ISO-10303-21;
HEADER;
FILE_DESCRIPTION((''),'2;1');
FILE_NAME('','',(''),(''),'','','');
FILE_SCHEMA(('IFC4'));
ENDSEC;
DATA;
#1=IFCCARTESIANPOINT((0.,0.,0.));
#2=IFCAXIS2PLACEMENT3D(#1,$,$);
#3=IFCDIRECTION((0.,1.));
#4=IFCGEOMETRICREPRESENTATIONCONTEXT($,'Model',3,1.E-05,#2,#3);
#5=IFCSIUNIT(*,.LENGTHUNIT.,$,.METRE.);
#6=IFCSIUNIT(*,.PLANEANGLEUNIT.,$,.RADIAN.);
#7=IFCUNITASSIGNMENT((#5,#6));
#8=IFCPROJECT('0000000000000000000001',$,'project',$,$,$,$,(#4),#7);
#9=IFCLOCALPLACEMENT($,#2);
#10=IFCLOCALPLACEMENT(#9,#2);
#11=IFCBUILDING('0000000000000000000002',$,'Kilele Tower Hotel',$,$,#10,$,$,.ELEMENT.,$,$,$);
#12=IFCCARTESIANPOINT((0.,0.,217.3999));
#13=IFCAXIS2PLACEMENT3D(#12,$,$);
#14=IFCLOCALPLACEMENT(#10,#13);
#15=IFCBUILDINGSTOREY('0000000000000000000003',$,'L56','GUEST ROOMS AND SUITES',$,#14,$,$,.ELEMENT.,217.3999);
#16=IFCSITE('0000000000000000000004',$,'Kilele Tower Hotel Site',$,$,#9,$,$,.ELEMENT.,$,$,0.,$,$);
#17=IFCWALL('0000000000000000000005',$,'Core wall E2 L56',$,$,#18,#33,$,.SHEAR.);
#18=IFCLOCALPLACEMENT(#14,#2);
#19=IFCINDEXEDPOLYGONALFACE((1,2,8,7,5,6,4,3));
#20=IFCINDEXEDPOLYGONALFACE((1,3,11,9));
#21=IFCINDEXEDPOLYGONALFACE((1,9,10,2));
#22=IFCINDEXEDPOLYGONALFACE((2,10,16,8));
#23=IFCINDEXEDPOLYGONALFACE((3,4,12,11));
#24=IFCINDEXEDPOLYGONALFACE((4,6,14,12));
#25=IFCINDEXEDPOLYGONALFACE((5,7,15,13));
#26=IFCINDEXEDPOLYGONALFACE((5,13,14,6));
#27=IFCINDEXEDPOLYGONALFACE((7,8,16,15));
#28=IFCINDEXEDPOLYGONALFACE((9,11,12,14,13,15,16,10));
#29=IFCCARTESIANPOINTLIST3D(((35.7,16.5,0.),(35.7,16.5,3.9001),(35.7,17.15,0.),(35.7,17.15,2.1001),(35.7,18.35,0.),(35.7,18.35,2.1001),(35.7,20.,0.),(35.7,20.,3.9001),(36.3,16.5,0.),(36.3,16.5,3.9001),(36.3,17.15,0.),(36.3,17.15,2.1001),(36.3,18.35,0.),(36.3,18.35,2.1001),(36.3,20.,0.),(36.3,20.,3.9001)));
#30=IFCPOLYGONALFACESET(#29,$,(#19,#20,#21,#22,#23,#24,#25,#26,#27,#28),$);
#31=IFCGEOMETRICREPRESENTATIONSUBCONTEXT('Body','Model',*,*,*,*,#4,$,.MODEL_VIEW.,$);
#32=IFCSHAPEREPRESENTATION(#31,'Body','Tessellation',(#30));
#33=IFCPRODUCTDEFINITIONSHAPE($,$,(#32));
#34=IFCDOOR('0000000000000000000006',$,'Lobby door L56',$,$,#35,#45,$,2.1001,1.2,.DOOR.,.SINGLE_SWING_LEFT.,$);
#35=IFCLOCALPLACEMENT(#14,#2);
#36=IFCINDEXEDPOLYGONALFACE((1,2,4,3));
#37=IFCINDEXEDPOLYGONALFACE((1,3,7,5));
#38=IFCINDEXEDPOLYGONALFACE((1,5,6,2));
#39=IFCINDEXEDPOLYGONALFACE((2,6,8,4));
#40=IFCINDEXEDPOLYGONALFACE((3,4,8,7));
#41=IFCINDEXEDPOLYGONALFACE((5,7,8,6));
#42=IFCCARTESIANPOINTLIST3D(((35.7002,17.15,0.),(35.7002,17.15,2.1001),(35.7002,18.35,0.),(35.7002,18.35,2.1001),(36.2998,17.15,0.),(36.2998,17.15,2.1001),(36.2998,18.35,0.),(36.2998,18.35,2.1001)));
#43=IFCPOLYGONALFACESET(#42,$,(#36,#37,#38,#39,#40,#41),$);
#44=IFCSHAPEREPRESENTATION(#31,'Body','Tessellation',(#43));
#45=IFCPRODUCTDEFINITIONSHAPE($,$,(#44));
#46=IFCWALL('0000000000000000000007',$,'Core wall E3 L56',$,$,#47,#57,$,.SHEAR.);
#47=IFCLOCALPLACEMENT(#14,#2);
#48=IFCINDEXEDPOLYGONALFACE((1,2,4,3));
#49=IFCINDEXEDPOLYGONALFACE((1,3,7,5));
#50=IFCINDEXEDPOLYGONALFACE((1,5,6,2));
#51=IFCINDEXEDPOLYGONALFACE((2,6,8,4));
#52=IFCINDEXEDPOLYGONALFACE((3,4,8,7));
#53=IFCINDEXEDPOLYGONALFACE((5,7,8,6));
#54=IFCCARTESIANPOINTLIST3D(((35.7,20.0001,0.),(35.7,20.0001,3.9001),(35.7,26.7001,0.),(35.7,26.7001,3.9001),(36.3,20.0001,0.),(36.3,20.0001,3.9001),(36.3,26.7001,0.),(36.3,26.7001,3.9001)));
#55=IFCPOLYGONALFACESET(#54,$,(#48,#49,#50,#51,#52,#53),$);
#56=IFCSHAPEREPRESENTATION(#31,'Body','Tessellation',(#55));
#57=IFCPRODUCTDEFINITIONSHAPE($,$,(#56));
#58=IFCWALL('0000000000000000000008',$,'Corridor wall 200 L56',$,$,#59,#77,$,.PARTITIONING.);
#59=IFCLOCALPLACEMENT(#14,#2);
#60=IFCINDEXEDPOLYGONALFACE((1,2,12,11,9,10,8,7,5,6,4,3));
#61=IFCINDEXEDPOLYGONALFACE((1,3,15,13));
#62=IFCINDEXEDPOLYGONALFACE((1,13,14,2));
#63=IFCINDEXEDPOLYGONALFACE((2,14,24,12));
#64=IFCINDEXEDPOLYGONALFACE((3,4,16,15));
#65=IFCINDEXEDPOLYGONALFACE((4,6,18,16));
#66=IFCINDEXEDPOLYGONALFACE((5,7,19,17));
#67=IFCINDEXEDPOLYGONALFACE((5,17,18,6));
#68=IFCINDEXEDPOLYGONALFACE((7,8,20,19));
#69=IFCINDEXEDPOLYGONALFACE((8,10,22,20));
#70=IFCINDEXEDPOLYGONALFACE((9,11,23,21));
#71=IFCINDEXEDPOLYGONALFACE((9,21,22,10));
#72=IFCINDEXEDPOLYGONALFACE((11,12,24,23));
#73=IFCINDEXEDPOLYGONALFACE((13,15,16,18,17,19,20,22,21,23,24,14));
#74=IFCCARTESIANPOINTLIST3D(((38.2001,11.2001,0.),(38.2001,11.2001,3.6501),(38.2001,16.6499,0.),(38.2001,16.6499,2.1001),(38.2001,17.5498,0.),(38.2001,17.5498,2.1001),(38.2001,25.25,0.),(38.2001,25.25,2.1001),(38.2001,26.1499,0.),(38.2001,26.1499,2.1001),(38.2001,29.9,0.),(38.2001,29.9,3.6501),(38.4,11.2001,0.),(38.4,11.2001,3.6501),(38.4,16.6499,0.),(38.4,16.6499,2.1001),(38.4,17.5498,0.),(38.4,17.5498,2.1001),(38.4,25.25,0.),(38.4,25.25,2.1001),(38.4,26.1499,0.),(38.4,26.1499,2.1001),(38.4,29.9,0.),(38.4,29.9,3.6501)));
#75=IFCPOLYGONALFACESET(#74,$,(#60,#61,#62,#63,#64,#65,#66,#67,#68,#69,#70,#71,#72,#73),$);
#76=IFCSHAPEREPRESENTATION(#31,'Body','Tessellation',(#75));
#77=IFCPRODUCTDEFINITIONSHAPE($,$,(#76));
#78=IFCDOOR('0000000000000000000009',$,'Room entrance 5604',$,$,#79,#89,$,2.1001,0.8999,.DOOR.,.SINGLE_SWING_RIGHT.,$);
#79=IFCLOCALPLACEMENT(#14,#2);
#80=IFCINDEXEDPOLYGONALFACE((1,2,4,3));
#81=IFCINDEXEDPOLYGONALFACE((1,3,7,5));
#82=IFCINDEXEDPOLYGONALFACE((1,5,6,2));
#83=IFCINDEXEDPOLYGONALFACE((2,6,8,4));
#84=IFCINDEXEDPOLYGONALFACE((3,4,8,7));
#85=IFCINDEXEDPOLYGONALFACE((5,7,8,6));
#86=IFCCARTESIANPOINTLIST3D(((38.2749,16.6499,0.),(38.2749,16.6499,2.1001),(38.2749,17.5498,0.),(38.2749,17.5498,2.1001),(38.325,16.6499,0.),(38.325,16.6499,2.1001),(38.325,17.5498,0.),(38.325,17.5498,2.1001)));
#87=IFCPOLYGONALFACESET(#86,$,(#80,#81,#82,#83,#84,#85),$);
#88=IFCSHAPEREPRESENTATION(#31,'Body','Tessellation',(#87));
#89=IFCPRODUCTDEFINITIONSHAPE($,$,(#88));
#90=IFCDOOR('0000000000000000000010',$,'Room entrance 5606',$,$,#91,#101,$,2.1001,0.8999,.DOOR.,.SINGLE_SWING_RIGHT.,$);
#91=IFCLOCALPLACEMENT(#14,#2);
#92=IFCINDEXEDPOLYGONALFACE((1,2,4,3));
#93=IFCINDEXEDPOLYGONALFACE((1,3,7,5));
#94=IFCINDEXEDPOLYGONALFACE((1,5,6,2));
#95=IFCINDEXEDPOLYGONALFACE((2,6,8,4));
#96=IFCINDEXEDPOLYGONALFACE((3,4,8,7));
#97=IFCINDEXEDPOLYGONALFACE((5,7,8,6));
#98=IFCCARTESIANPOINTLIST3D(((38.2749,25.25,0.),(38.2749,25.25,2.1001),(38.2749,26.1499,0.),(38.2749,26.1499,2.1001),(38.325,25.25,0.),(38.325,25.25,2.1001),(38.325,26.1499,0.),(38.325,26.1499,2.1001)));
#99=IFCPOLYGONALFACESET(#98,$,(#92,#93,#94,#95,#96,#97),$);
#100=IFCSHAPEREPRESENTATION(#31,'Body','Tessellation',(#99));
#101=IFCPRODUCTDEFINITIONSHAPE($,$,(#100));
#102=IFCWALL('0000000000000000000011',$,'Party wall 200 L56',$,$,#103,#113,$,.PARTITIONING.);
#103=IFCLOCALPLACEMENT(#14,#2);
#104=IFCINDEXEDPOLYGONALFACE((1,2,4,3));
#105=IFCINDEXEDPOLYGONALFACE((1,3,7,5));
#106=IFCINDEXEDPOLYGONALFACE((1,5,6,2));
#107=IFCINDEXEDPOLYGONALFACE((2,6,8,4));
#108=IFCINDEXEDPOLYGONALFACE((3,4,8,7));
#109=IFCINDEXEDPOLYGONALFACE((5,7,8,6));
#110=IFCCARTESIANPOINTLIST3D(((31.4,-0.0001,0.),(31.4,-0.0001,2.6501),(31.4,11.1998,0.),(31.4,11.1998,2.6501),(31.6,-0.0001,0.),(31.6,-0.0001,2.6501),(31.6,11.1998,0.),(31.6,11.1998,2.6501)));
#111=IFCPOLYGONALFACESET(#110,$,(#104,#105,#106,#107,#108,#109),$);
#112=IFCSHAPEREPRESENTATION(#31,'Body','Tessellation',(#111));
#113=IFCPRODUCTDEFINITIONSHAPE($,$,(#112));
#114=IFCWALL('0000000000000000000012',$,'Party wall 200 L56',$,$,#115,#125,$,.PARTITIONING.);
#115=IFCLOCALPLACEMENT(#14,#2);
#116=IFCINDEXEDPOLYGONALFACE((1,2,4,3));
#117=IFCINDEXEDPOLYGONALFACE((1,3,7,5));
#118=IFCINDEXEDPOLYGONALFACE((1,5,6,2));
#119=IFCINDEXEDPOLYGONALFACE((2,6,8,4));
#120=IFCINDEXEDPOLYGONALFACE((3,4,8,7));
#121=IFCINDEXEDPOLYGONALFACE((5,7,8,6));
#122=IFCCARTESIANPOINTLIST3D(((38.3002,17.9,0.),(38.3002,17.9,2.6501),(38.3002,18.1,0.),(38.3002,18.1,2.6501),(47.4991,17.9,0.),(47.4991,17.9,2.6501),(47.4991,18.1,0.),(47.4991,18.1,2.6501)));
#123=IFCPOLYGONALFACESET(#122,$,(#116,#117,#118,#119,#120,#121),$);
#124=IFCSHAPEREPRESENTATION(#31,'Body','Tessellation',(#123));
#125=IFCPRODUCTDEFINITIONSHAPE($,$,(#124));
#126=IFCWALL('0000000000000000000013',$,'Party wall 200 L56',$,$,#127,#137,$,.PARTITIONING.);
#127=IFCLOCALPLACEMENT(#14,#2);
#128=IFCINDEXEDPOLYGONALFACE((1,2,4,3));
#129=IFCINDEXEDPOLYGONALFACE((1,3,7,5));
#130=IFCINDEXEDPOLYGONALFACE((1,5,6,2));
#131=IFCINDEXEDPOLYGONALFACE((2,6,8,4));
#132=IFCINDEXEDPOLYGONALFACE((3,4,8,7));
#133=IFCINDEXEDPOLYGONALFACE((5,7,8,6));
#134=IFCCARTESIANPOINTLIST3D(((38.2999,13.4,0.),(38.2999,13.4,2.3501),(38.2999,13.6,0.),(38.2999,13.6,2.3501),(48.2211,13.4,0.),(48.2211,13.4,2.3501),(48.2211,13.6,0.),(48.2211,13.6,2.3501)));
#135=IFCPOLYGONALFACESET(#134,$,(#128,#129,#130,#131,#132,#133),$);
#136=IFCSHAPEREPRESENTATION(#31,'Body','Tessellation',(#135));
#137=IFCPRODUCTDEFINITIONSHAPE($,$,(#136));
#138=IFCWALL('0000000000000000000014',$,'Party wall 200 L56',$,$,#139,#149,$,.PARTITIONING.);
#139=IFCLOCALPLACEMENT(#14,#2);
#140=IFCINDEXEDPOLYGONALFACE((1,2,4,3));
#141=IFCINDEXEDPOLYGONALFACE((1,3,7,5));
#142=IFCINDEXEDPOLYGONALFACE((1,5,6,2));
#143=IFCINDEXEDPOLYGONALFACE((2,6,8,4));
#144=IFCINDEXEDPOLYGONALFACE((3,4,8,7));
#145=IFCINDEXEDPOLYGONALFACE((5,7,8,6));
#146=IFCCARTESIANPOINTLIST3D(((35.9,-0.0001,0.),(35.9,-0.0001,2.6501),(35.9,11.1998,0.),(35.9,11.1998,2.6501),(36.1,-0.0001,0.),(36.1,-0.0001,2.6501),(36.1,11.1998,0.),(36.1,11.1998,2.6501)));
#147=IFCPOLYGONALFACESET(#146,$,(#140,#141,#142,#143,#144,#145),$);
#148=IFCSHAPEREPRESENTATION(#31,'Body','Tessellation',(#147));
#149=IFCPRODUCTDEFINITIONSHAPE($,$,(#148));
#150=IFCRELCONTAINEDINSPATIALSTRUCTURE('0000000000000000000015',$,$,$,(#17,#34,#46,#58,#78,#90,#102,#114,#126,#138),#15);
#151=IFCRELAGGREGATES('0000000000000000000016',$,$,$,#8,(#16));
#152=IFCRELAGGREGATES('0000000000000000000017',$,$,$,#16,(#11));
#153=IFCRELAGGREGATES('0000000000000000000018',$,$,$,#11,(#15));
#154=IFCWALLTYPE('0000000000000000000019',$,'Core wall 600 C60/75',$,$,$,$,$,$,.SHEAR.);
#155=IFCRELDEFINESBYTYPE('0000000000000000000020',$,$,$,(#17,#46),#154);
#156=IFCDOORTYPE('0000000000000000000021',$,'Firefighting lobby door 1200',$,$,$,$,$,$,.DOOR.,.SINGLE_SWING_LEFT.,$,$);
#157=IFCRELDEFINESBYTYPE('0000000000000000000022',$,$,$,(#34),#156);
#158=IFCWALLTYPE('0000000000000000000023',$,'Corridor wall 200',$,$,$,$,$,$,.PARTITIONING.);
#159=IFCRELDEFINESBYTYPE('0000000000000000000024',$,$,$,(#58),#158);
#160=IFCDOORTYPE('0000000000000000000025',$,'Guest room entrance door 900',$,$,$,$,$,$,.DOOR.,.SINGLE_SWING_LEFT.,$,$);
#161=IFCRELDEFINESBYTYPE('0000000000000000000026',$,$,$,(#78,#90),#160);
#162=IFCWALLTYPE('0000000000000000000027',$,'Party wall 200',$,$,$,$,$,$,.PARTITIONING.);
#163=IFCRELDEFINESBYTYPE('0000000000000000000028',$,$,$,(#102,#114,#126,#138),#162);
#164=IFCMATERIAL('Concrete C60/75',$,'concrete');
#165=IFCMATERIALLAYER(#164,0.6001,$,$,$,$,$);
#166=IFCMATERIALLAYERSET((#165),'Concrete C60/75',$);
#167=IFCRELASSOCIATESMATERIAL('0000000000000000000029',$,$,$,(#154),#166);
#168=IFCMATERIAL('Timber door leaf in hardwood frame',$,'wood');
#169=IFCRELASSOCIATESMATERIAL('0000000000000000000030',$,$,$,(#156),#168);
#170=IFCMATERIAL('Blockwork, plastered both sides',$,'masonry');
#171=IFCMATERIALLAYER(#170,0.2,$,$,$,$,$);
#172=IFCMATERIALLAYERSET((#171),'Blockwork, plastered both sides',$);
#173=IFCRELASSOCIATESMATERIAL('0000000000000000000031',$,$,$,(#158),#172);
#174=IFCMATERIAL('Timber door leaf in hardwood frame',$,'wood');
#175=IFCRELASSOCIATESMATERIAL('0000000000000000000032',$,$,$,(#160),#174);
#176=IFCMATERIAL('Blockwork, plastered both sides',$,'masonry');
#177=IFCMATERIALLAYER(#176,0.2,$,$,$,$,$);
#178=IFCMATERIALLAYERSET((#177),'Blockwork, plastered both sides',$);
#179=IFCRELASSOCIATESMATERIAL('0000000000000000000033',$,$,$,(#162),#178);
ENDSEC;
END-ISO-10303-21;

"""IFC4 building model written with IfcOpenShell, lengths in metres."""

from ifc_helpers import new_model, si_unit, direction, frame, frame_2d, origin, place, context, subcontext, project, spatial, rectangle, extrude, material, layer, layer_set, type_object, element, fill, save


model = new_model("IFC4")

# Units and contexts
model_context = context("Model", 3, precision=1e-05, world=origin(), true_north=direction((0.0, 1.0)))
body_context = subcontext(model_context, "Body", "Model", "MODEL_VIEW")
ifc_project = project(units=[si_unit("LENGTHUNIT", "METRE"), si_unit("PLANEANGLEUNIT", "RADIAN")], contexts=[model_context])

# Site, building, storey
site_placement = place(None, origin())
site = spatial("IfcSite", under=ifc_project, at=site_placement, Name="Kilele Tower Hotel Site", CompositionType="ELEMENT", RefElevation=0.0)
building_placement = place(site_placement, origin())
building = spatial("IfcBuilding", under=site, at=building_placement, Name="Kilele Tower Hotel", CompositionType="ELEMENT")
storey_placement = place(building_placement, frame((0.0, 0.0, 217.3999)))
storey = spatial("IfcBuildingStorey", under=building, at=storey_placement, Name="L56", Description="GUEST ROOMS AND SUITES", CompositionType="ELEMENT", Elevation=217.3999)

# Shared definitions
ifc_material_1 = material(Name="Concrete C60/75", Category="concrete")
ifc_layer_1 = layer(ifc_material_1, 0.6001)
ifc_layer_set_1 = layer_set([ifc_layer_1], Name="Concrete C60/75")
wall_type_1 = type_object("IfcWallType", Name="Core wall 600 C60/75", PredefinedType="SHEAR", material=ifc_layer_set_1)
ifc_material_2 = material(Name="Timber door leaf in hardwood frame", Category="wood")
door_type_1 = type_object("IfcDoorType", Name="Firefighting lobby door 1200", OperationType="SINGLE_SWING_LEFT", PredefinedType="DOOR", material=ifc_material_2)

# Wall, opening, door
wall_1_placement = place(storey_placement, frame((36.0, 16.5, 0.0), z_axis=(0.0, 0.0, 1.0), x_axis=(0.0, 1.0, 0.0)))
wall_1 = element("IfcWall", 1, at=wall_1_placement, inside=storey, type_object=wall_type_1, Name="Core wall E2 L56", PredefinedType="SHEAR", context=body_context, shape_type="SweptSolid", body=[
    extrude(rectangle(XDim=3.5, YDim=0.6001, at=frame_2d((1.75, 0.0))), origin(), (0.0, 0.0, 1.0), 3.9001),
])
opening_1_placement = place(wall_1_placement, frame((0.6499, 0.0, 0.0)))
opening_1 = element("IfcOpeningElement", 2, at=opening_1_placement, cuts=wall_1, PredefinedType="OPENING", context=body_context, shape_type="SweptSolid", body=[
    extrude(rectangle(XDim=1.2, YDim=2.1001, at=frame_2d((0.6001, 1.05))), frame((0.0, 0.3101, 0.0), z_axis=(0.0, -1.0, 0.0), x_axis=(1.0, 0.0, 0.0)), (0.0, 0.0, 1.0), 0.6201),
])
door_1_placement = place(opening_1_placement, origin())
door_1 = element("IfcDoor", 3, at=door_1_placement, inside=storey, type_object=door_type_1, Name="Lobby door L56", OperationType="SINGLE_SWING_LEFT", OverallHeight=2.1001, OverallWidth=1.2, PredefinedType="DOOR", context=body_context, shape_type="SweptSolid", body=[
    extrude(rectangle(XDim=1.2, YDim=2.1001, at=frame_2d((0.6001, 1.05))), frame((0.0, 0.2998, 0.0), z_axis=(0.0, -1.0, 0.0), x_axis=(1.0, 0.0, 0.0)), (0.0, 0.0, 1.0), 0.5996),
])
fill(opening_1, door_1)

# Wall
wall_2_placement = place(storey_placement, frame((36.0, 20.0, 0.0), z_axis=(0.0, 0.0, 1.0), x_axis=(0.0, 1.0, 0.0)))
element("IfcWall", 4, at=wall_2_placement, inside=storey, type_object=wall_type_1, Name="Core wall E3 L56", PredefinedType="SHEAR", context=body_context, shape_type="SweptSolid", body=[
    extrude(rectangle(XDim=6.7, YDim=0.6001, at=frame_2d((3.3501, 0.0))), origin(), (0.0, 0.0, 1.0), 3.9001),
])

# Wall, openings, doors
ifc_material_3 = material(Name="Blockwork, plastered both sides", Category="masonry")
ifc_layer_2 = layer(ifc_material_3, 0.2)
ifc_layer_set_2 = layer_set([ifc_layer_2], Name="Blockwork, plastered both sides")
wall_type_2 = type_object("IfcWallType", Name="Corridor wall 200", PredefinedType="PARTITIONING", material=ifc_layer_set_2)
wall_3_placement = place(storey_placement, frame((38.3, 11.2, 0.0), z_axis=(0.0, 0.0, 1.0), x_axis=(0.0, 1.0, 0.0)))
wall_3 = element("IfcWall", 5, at=wall_3_placement, inside=storey, type_object=wall_type_2, Name="Corridor wall 200 L56", PredefinedType="PARTITIONING", context=body_context, shape_type="SweptSolid", body=[
    extrude(rectangle(XDim=18.7, YDim=0.2, at=frame_2d((9.3501, 0.0))), origin(), (0.0, 0.0, 1.0), 3.6501),
])
opening_2_placement = place(wall_3_placement, frame((6.3499, 0.0, 0.0), z_axis=(0.0, 0.0, 1.0), x_axis=(-1.0, 0.0, 0.0)))
opening_2 = element("IfcOpeningElement", 6, at=opening_2_placement, cuts=wall_3, PredefinedType="OPENING", context=body_context, shape_type="SweptSolid", body=[
    extrude(rectangle(XDim=0.8999, YDim=2.1001, at=frame_2d((0.45, 1.05))), frame((0.0, 0.1099, 0.0), z_axis=(0.0, -1.0, 0.0), x_axis=(1.0, 0.0, 0.0)), (0.0, 0.0, 1.0), 0.22),
])
opening_3_placement = place(wall_3_placement, frame((14.95, 0.0, 0.0), z_axis=(0.0, 0.0, 1.0), x_axis=(-1.0, 0.0, 0.0)))
opening_3 = element("IfcOpeningElement", 7, at=opening_3_placement, cuts=wall_3, PredefinedType="OPENING", context=body_context, shape_type="SweptSolid", body=[
    extrude(rectangle(XDim=0.8999, YDim=2.1001, at=frame_2d((0.45, 1.05))), frame((0.0, 0.1099, 0.0), z_axis=(0.0, -1.0, 0.0), x_axis=(1.0, 0.0, 0.0)), (0.0, 0.0, 1.0), 0.22),
])
ifc_material_4 = material(Name="Timber door leaf in hardwood frame", Category="wood")
door_type_2 = type_object("IfcDoorType", Name="Guest room entrance door 900", OperationType="SINGLE_SWING_LEFT", PredefinedType="DOOR", material=ifc_material_4)
door_2_placement = place(opening_2_placement, origin())
door_2 = element("IfcDoor", 8, at=door_2_placement, inside=storey, type_object=door_type_2, Name="Room entrance 5604", OperationType="SINGLE_SWING_RIGHT", OverallHeight=2.1001, OverallWidth=0.8999, PredefinedType="DOOR", context=body_context, shape_type="SweptSolid", body=[
    extrude(rectangle(XDim=0.8999, YDim=2.1001, at=frame_2d((0.45, 1.05))), frame((0.0, 0.0249, 0.0), z_axis=(0.0, -1.0, 0.0), x_axis=(1.0, 0.0, 0.0)), (0.0, 0.0, 1.0), 0.05),
])
fill(opening_2, door_2)
door_3_placement = place(opening_3_placement, origin())
door_3 = element("IfcDoor", 9, at=door_3_placement, inside=storey, type_object=door_type_2, Name="Room entrance 5606", OperationType="SINGLE_SWING_RIGHT", OverallHeight=2.1001, OverallWidth=0.8999, PredefinedType="DOOR", context=body_context, shape_type="SweptSolid", body=[
    extrude(rectangle(XDim=0.8999, YDim=2.1001, at=frame_2d((0.45, 1.05))), frame((0.0, 0.0249, 0.0), z_axis=(0.0, -1.0, 0.0), x_axis=(1.0, 0.0, 0.0)), (0.0, 0.0, 1.0), 0.05),
])
fill(opening_3, door_3)

# Walls
ifc_material_5 = material(Name="Blockwork, plastered both sides", Category="masonry")
ifc_layer_3 = layer(ifc_material_5, 0.2)
ifc_layer_set_3 = layer_set([ifc_layer_3], Name="Blockwork, plastered both sides")
wall_type_3 = type_object("IfcWallType", Name="Party wall 200", PredefinedType="PARTITIONING", material=ifc_layer_set_3)
wall_4_placement = place(storey_placement, frame((31.5, 11.2, 0.0), z_axis=(0.0, 0.0, 1.0), x_axis=(0.0, -1.0, 0.0)))
element("IfcWall", 10, at=wall_4_placement, inside=storey, type_object=wall_type_3, Name="Party wall 200 L56", PredefinedType="PARTITIONING", context=body_context, shape_type="SweptSolid", body=[
    extrude(rectangle(XDim=11.2, YDim=0.2, at=frame_2d((5.6001, 0.0))), origin(), (0.0, 0.0, 1.0), 2.6501),
])
wall_5_placement = place(storey_placement, frame((38.3, 18.0, 0.0), z_axis=(0.0, 0.0, 1.0), x_axis=(1.0, 0.0, 0.0)))
element("IfcWall", 11, at=wall_5_placement, inside=storey, type_object=wall_type_3, Name="Party wall 200 L56", PredefinedType="PARTITIONING", context=body_context, shape_type="SweptSolid", body=[
    extrude(rectangle(XDim=9.199, YDim=0.2, at=frame_2d((4.5996, 0.0))), origin(), (0.0, 0.0, 1.0), 2.6501),
])
wall_6_placement = place(storey_placement, frame((38.3, 13.5, 0.0), z_axis=(0.0, 0.0, 1.0), x_axis=(1.0, 0.0, 0.0)))
element("IfcWall", 12, at=wall_6_placement, inside=storey, type_object=wall_type_3, Name="Party wall 200 L56", PredefinedType="PARTITIONING", context=body_context, shape_type="SweptSolid", body=[
    extrude(rectangle(XDim=9.9211, YDim=0.2, at=frame_2d((4.9604, 0.0))), origin(), (0.0, 0.0, 1.0), 2.3501),
])
wall_7_placement = place(storey_placement, frame((36.0, 11.2, 0.0), z_axis=(0.0, 0.0, 1.0), x_axis=(0.0, -1.0, 0.0)))
element("IfcWall", 13, at=wall_7_placement, inside=storey, type_object=wall_type_3, Name="Party wall 200 L56", PredefinedType="PARTITIONING", context=body_context, shape_type="SweptSolid", body=[
    extrude(rectangle(XDim=11.2, YDim=0.2, at=frame_2d((5.6001, 0.0))), origin(), (0.0, 0.0, 1.0), 2.6501),
])

save(model, "model.ifc")
